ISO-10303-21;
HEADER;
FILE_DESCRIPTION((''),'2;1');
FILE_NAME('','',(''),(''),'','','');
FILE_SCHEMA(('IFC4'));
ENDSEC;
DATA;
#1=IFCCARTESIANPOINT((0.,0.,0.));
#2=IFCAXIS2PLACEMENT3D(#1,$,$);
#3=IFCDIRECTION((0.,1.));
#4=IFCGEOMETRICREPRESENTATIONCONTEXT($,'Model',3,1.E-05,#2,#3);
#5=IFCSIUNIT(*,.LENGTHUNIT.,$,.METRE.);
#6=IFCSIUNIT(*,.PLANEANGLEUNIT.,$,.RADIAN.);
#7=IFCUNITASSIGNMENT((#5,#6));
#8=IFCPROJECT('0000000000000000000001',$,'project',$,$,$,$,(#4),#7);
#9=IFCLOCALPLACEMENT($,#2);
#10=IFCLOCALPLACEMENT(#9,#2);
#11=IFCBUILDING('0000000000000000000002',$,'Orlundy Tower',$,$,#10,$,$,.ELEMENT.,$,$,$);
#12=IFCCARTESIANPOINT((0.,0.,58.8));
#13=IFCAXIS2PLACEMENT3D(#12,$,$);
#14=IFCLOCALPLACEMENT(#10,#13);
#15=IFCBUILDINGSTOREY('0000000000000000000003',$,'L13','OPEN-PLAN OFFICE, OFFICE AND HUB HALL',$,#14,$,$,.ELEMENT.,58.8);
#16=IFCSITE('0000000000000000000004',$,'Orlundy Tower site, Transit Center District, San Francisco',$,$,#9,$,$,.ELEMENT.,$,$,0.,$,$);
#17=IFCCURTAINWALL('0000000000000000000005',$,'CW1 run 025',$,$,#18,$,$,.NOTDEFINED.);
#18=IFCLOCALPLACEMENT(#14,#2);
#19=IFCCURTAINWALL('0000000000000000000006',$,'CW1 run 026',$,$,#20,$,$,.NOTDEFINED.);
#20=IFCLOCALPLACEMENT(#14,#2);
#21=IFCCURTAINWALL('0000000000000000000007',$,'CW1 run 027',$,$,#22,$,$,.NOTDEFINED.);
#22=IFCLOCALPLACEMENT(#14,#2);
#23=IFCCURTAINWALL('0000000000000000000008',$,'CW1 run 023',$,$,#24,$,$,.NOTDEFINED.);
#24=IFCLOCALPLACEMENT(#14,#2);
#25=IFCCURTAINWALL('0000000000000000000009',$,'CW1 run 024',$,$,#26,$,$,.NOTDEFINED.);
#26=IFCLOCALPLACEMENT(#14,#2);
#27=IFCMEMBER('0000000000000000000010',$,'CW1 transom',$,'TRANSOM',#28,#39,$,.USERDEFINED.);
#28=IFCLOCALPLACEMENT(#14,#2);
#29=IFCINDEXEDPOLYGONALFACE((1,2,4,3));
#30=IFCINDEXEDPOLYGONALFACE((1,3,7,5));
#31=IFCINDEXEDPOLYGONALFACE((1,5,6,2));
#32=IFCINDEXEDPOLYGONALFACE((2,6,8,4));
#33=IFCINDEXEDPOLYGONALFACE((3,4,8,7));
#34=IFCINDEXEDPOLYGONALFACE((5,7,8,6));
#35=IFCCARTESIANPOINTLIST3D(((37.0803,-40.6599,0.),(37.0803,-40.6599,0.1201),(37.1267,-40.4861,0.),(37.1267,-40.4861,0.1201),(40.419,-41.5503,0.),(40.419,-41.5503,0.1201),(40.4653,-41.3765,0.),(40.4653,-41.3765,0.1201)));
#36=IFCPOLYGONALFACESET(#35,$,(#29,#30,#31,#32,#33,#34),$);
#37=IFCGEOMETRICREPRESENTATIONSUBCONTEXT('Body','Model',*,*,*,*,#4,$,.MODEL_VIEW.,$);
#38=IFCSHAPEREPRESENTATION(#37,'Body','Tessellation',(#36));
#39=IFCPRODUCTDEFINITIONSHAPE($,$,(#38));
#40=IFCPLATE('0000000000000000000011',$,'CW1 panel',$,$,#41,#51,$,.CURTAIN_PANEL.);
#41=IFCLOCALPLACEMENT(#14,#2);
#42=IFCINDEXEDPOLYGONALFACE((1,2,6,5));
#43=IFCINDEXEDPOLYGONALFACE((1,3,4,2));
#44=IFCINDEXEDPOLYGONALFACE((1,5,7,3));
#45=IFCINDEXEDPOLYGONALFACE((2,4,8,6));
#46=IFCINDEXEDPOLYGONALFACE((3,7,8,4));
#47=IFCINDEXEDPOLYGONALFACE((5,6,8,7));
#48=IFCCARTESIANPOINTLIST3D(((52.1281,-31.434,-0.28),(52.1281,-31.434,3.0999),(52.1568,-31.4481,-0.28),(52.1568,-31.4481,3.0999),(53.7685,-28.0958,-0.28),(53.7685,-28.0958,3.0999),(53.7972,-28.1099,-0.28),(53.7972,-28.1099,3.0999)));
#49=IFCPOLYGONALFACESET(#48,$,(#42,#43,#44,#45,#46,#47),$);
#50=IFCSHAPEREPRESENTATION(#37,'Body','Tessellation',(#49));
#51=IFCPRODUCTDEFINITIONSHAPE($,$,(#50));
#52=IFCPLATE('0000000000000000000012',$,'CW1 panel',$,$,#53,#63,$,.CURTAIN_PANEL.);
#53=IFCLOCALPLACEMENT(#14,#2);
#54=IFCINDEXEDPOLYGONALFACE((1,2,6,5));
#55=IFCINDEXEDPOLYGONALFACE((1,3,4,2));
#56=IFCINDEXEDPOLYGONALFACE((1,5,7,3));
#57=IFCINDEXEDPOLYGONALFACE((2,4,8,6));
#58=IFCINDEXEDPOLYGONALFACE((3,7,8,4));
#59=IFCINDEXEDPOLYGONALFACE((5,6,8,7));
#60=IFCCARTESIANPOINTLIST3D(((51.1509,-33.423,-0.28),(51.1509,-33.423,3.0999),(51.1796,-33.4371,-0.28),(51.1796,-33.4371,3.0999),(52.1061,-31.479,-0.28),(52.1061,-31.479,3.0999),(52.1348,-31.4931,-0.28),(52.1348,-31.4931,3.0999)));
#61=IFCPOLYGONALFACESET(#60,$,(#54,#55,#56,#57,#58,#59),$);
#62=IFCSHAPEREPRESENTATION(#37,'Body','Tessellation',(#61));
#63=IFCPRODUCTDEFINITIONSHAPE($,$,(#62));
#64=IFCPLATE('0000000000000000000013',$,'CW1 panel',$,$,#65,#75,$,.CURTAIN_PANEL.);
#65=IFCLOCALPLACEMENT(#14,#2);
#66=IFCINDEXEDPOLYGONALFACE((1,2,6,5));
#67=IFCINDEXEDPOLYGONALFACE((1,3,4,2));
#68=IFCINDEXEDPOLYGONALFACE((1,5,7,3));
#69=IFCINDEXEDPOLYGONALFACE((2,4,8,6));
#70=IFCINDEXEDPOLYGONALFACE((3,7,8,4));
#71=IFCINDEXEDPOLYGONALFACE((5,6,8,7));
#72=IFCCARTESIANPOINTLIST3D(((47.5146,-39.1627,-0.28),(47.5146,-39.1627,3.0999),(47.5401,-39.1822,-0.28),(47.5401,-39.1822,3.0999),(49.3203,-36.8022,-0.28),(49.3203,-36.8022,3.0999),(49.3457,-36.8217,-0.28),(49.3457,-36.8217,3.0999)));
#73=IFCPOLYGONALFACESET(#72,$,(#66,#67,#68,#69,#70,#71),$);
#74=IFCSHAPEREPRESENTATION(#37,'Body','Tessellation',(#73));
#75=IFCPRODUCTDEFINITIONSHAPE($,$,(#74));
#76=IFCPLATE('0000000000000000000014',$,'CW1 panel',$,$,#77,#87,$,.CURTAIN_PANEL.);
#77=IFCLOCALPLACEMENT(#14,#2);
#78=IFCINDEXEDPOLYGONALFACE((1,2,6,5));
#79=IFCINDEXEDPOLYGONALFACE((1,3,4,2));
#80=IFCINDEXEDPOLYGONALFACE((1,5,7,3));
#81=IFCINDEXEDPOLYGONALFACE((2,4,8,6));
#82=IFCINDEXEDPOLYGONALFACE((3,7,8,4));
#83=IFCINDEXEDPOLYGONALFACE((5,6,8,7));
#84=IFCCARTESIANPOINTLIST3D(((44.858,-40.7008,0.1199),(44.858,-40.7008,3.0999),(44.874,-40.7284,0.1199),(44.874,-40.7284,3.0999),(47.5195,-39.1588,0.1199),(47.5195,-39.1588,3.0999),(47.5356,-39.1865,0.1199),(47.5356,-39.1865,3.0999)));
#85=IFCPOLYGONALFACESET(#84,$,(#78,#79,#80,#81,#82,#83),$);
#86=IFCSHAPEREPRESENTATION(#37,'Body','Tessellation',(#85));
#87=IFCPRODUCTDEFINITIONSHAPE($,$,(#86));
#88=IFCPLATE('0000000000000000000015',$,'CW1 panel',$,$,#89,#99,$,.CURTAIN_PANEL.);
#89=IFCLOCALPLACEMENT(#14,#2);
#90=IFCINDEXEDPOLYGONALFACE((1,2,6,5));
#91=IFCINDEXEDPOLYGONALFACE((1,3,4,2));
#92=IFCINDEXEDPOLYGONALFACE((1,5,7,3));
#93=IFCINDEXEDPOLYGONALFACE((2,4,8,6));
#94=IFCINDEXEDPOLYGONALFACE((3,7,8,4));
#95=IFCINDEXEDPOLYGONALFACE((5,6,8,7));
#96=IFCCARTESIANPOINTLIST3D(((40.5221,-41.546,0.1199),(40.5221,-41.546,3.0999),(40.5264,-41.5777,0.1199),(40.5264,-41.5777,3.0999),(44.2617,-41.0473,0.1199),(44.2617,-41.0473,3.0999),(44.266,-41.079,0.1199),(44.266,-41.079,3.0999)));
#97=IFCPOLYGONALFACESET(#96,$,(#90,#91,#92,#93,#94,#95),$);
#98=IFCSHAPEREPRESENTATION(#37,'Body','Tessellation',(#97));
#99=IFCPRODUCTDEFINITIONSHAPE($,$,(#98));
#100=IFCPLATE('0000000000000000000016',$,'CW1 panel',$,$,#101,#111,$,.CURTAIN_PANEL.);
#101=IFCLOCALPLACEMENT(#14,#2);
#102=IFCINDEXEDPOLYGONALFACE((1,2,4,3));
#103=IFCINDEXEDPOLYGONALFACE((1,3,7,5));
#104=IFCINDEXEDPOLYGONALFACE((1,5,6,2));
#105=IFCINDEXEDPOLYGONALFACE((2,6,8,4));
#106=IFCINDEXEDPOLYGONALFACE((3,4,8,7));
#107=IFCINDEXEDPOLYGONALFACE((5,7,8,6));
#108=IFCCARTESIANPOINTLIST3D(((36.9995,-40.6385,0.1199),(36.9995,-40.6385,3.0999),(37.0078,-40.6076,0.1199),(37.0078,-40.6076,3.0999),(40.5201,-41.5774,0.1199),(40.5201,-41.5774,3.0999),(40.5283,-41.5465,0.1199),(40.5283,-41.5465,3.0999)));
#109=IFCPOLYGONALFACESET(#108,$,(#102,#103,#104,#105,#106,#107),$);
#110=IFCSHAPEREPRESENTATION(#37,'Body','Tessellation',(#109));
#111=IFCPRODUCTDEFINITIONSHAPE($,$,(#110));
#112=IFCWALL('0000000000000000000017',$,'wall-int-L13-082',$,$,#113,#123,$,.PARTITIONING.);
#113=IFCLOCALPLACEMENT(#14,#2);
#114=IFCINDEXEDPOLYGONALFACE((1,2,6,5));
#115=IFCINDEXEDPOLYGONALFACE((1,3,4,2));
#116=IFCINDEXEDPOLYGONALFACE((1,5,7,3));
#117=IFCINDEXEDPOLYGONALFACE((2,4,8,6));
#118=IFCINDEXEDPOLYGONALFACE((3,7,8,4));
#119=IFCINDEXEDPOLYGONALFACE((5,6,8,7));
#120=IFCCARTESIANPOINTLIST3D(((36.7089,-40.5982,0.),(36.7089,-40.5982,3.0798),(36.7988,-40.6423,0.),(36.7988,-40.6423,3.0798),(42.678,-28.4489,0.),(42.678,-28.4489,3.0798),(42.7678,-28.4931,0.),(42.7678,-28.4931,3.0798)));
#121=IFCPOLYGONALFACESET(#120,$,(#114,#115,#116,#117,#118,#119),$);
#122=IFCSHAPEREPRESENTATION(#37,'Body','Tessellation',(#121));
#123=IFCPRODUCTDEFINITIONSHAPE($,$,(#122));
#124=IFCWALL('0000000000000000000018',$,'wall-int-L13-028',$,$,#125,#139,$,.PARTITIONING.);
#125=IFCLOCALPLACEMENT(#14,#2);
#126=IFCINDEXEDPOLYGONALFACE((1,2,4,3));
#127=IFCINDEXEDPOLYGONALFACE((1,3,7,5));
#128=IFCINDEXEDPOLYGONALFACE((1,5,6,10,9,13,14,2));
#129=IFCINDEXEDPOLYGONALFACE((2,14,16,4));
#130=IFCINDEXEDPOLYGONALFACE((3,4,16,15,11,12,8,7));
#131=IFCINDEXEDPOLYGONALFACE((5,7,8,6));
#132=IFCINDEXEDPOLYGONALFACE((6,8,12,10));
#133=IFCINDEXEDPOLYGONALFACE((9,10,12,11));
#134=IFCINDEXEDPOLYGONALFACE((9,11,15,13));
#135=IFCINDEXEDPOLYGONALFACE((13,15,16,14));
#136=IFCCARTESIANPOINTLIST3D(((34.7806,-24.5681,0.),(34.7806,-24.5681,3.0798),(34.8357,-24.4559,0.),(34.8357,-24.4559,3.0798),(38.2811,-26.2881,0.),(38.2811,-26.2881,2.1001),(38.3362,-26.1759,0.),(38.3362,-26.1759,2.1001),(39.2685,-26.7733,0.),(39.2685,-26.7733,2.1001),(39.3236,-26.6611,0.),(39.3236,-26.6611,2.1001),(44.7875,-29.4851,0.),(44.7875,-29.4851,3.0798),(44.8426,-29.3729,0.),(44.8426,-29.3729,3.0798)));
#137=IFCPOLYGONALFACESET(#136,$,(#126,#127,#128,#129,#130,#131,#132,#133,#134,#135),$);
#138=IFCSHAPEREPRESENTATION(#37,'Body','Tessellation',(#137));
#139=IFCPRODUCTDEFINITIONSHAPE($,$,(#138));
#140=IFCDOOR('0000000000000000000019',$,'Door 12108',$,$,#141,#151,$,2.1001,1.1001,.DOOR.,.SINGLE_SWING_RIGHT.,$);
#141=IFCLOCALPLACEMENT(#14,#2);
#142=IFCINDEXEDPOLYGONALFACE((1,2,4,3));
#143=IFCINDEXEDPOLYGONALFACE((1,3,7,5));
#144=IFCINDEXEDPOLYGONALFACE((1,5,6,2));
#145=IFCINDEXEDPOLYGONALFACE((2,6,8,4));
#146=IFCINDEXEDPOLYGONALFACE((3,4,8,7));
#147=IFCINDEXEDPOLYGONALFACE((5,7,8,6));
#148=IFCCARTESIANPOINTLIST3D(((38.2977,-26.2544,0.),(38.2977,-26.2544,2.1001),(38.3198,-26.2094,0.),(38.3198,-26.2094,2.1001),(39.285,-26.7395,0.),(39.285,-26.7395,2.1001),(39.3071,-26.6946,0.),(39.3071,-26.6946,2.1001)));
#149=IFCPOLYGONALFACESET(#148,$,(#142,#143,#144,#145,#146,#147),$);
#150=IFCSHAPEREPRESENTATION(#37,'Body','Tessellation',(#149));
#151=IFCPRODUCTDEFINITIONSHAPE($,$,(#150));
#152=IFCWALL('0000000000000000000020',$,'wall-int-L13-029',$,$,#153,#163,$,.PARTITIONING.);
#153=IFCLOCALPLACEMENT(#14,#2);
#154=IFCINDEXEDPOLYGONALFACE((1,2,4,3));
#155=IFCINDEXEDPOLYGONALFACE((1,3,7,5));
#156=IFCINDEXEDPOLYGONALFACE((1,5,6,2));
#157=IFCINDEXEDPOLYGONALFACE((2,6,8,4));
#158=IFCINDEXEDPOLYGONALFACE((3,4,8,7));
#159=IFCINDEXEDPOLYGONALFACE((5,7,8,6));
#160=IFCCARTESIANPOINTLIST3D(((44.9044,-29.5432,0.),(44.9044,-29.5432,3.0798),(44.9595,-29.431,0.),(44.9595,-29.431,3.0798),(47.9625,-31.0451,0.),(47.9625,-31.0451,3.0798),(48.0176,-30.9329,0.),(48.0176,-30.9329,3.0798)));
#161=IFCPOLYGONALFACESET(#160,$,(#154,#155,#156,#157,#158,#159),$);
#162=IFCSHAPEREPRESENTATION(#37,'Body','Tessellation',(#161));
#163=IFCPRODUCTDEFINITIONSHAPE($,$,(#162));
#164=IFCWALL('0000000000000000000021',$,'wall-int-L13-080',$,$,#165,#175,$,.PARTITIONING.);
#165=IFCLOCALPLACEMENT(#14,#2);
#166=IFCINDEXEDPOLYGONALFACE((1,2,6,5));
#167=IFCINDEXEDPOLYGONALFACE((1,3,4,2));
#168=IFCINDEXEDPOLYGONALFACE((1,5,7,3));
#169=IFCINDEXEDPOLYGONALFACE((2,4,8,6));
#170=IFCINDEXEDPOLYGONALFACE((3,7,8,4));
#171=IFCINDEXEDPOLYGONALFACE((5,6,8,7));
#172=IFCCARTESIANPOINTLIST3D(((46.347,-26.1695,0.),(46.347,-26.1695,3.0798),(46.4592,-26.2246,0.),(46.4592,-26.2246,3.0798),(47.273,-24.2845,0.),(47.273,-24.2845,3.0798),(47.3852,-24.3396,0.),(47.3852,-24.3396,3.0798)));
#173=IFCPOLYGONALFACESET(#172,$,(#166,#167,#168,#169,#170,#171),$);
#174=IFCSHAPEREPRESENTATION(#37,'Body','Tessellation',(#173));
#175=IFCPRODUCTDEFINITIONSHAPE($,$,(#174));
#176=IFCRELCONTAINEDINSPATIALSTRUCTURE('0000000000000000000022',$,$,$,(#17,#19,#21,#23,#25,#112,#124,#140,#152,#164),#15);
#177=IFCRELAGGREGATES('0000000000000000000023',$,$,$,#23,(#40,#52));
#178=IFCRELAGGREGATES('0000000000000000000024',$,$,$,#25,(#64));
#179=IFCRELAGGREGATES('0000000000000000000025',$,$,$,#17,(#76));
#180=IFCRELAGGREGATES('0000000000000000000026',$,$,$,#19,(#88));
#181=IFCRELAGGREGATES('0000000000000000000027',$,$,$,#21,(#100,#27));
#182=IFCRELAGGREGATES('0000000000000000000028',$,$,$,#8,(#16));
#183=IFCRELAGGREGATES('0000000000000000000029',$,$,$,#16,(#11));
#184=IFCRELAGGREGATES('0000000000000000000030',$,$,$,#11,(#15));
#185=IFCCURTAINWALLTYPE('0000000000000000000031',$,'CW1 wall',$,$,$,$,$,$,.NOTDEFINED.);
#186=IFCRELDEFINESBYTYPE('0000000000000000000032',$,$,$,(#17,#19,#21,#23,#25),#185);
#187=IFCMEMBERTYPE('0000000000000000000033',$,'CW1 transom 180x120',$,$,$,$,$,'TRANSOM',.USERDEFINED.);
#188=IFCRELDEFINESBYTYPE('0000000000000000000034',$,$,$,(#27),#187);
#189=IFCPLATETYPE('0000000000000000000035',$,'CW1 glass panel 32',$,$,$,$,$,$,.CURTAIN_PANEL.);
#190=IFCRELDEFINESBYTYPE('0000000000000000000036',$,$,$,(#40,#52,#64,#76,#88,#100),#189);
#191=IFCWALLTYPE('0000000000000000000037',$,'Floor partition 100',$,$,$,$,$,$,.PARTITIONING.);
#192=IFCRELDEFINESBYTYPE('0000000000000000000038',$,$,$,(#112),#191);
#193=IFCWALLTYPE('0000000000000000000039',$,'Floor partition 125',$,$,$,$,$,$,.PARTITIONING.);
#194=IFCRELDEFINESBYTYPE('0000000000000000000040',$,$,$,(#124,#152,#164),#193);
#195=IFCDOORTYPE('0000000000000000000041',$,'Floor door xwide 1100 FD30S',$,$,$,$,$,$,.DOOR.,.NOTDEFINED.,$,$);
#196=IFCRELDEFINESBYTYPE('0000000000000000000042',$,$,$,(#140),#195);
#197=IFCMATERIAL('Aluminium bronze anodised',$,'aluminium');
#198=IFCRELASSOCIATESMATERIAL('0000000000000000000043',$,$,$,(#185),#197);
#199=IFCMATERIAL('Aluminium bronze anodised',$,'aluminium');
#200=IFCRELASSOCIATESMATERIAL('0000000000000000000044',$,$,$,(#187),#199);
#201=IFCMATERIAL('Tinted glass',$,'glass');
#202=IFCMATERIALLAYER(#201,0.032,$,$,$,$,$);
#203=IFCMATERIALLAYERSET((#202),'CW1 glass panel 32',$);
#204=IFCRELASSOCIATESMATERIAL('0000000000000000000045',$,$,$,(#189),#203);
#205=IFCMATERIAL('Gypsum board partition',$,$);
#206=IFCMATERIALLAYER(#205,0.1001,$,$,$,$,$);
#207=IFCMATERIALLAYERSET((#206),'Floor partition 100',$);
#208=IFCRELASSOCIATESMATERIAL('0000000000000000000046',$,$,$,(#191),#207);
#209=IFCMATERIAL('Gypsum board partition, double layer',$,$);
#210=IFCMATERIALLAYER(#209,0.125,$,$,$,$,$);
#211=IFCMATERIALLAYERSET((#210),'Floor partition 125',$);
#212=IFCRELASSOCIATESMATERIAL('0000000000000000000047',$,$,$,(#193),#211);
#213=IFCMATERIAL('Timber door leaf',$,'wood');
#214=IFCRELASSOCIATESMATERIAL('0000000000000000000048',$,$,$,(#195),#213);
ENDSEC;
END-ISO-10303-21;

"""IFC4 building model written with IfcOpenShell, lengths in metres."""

from ifc_helpers import new_model, si_unit, direction, frame, frame_2d, origin, origin_2d, place, context, subcontext, project, spatial, rectangle, extrude, material, layer, layer_set, material_profile, profile_set, type_object, element, fill, aggregate, save


model = new_model("IFC4")

# Units and contexts
model_context = context("Model", 3, precision=1e-05, world=origin(), true_north=direction((0.0, 1.0)))
body_context = subcontext(model_context, "Body", "Model", "MODEL_VIEW")
ifc_project = project(units=[si_unit("LENGTHUNIT", "METRE"), si_unit("PLANEANGLEUNIT", "RADIAN")], contexts=[model_context])

# Site, building, storey
site_placement = place(None, origin())
site = spatial("IfcSite", under=ifc_project, at=site_placement, Name="Orlundy Tower site, Transit Center District, San Francisco", CompositionType="ELEMENT", RefElevation=0.0)
building_placement = place(site_placement, origin())
building = spatial("IfcBuilding", under=site, at=building_placement, Name="Orlundy Tower", CompositionType="ELEMENT")
storey_placement = place(building_placement, frame((0.0, 0.0, 58.8)))
storey = spatial("IfcBuildingStorey", under=building, at=storey_placement, Name="L13", Description="OPEN-PLAN OFFICE, OFFICE AND HUB HALL", CompositionType="ELEMENT", Elevation=58.8)

# Curtain walls
ifc_material_1 = material(Name="Aluminium bronze anodised", Category="aluminium")
curtain_wall_type = type_object("IfcCurtainWallType", Name="CW1 wall", PredefinedType="NOTDEFINED", material=ifc_material_1)
curtain_wall_1_placement = place(storey_placement, origin())
curtain_wall_1 = element("IfcCurtainWall", 1, at=curtain_wall_1_placement, inside=storey, type_object=curtain_wall_type, Name="CW1 run 025", PredefinedType="NOTDEFINED")
curtain_wall_2_placement = place(storey_placement, origin())
curtain_wall_2 = element("IfcCurtainWall", 2, at=curtain_wall_2_placement, inside=storey, type_object=curtain_wall_type, Name="CW1 run 026", PredefinedType="NOTDEFINED")
curtain_wall_3_placement = place(storey_placement, origin())
curtain_wall_3 = element("IfcCurtainWall", 3, at=curtain_wall_3_placement, inside=storey, type_object=curtain_wall_type, Name="CW1 run 027", PredefinedType="NOTDEFINED")
curtain_wall_4_placement = place(storey_placement, origin())
curtain_wall_4 = element("IfcCurtainWall", 4, at=curtain_wall_4_placement, inside=storey, type_object=curtain_wall_type, Name="CW1 run 023", PredefinedType="NOTDEFINED")

# Shared definitions
ifc_material_2 = material(Name="Aluminium bronze anodised", Category="aluminium")
ifc_material_profile_1 = material_profile(ifc_material_2, rectangle(XDim=0.1799, YDim=0.1201, at=origin_2d()), Name="CW1 transom 180x120")
ifc_profile_set_1 = profile_set([ifc_material_profile_1], Name="Aluminium bronze anodised")
member_type_1 = type_object("IfcMemberType", Name="CW1 transom 180x120", ElementType="TRANSOM", PredefinedType="USERDEFINED", material=ifc_profile_set_1)

# Curtain wall
curtain_wall_5_placement = place(storey_placement, origin())
curtain_wall_5 = element("IfcCurtainWall", 5, at=curtain_wall_5_placement, inside=storey, type_object=curtain_wall_type, Name="CW1 run 024", PredefinedType="NOTDEFINED")

# Member
member_1_placement = place(storey_placement, frame((40.4421, -41.4634, 0.0601), z_axis=(-0.966229, 0.257685, 0.0), x_axis=(-0.257685, -0.966229, 0.0)))
member_1 = element("IfcMember", 6, at=member_1_placement, type_object=member_type_1, Name="CW1 transom", ObjectType="TRANSOM", PredefinedType="USERDEFINED", context=body_context, shape_type="SweptSolid", body=[
    extrude(rectangle(XDim=0.1799, YDim=0.1201, at=origin_2d()), origin(), (0.0, 0.0, 1.0), 3.4553),
])

# Plates
ifc_material_3 = material(Name="Tinted glass", Category="glass")
ifc_layer_1 = layer(ifc_material_3, 0.032)
ifc_layer_set_1 = layer_set([ifc_layer_1], Name="CW1 glass panel 32")
plate_type = type_object("IfcPlateType", Name="CW1 glass panel 32", PredefinedType="CURTAIN_PANEL", material=ifc_layer_set_1)
plate_1_placement = place(storey_placement, frame((52.9626, -29.772, -0.28), z_axis=(0.0, 0.0, 1.0), x_axis=(-0.441012, -0.897501, 0.0)))
plate_1 = element("IfcPlate", 7, at=plate_1_placement, type_object=plate_type, Name="CW1 panel", PredefinedType="CURTAIN_PANEL", context=body_context, shape_type="SweptSolid", body=[
    extrude(rectangle(XDim=3.7195, YDim=0.032, at=origin_2d()), origin(), (0.0, 0.0, 1.0), 3.3799),
])
plate_2_placement = place(storey_placement, frame((51.6428, -32.458, -0.28), z_axis=(0.0, 0.0, 1.0), x_axis=(-0.441012, -0.897501, 0.0)))
plate_2 = element("IfcPlate", 8, at=plate_2_placement, type_object=plate_type, Name="CW1 panel", PredefinedType="CURTAIN_PANEL", context=body_context, shape_type="SweptSolid", body=[
    extrude(rectangle(XDim=2.166, YDim=0.032, at=origin_2d()), origin(), (0.0, 0.0, 1.0), 3.3799),
])
aggregate(curtain_wall_4, [plate_1, plate_2])
plate_3_placement = place(storey_placement, frame((48.4302, -37.9922, -0.28), z_axis=(0.0, 0.0, 1.0), x_axis=(-0.60757, -0.794266, 0.0)))
plate_3 = element("IfcPlate", 9, at=plate_3_placement, type_object=plate_type, Name="CW1 panel", PredefinedType="CURTAIN_PANEL", context=body_context, shape_type="SweptSolid", body=[
    extrude(rectangle(XDim=2.9719, YDim=0.032, at=origin_2d()), origin(), (0.0, 0.0, 1.0), 3.3799),
])
aggregate(curtain_wall_5, [plate_3])
plate_4_placement = place(storey_placement, frame((46.1968, -39.9436, 0.1199), z_axis=(0.0, 0.0, 1.0), x_axis=(-0.865272, -0.501302, 0.0)))
plate_4 = element("IfcPlate", 10, at=plate_4_placement, type_object=plate_type, Name="CW1 panel", PredefinedType="CURTAIN_PANEL", context=body_context, shape_type="SweptSolid", body=[
    extrude(rectangle(XDim=3.0759, YDim=0.032, at=origin_2d()), origin(), (0.0, 0.0, 1.0), 2.98),
])
aggregate(curtain_wall_1, [plate_4])
plate_5_placement = place(storey_placement, frame((42.394, -41.3125, 0.1199), z_axis=(0.0, 0.0, 1.0), x_axis=(-0.991228, -0.132164, 0.0)))
plate_5 = element("IfcPlate", 11, at=plate_5_placement, type_object=plate_type, Name="CW1 panel", PredefinedType="CURTAIN_PANEL", context=body_context, shape_type="SweptSolid", body=[
    extrude(rectangle(XDim=3.7727, YDim=0.032, at=origin_2d()), origin(), (0.0, 0.0, 1.0), 2.98),
])
aggregate(curtain_wall_2, [plate_5])
plate_6_placement = place(storey_placement, frame((38.7639, -41.0925, 0.1199), z_axis=(0.0, 0.0, 1.0), x_axis=(-0.96623, 0.257679, 0.0)))
plate_6 = element("IfcPlate", 12, at=plate_6_placement, type_object=plate_type, Name="CW1 panel", PredefinedType="CURTAIN_PANEL", context=body_context, shape_type="SweptSolid", body=[
    extrude(rectangle(XDim=3.6436, YDim=0.032, at=origin_2d()), origin(), (0.0, 0.0, 1.0), 2.98),
])
aggregate(curtain_wall_3, [plate_6, member_1])

# Wall
ifc_material_4 = material(Name="Gypsum board partition")
ifc_layer_2 = layer(ifc_material_4, 0.1001)
ifc_layer_set_2 = layer_set([ifc_layer_2], Name="Floor partition 100")
wall_type_1 = type_object("IfcWallType", Name="Floor partition 100", PredefinedType="PARTITIONING", material=ifc_layer_set_2)
wall_1_placement = place(storey_placement, frame((36.7539, -40.6201, 0.0), z_axis=(0.0, 0.0, 1.0), x_axis=(0.440962, 0.897526, 0.0)))
element("IfcWall", 13, at=wall_1_placement, inside=storey, type_object=wall_type_1, Name="wall-int-L13-082", PredefinedType="PARTITIONING", context=body_context, shape_type="SweptSolid", body=[
    extrude(rectangle(XDim=13.5364, YDim=0.1001, at=frame_2d((6.7681, 0.0))), origin(), (0.0, 0.0, 1.0), 3.0798),
])

# Wall, opening, door
ifc_material_5 = material(Name="Gypsum board partition, double layer")
ifc_layer_3 = layer(ifc_material_5, 0.125)
ifc_layer_set_3 = layer_set([ifc_layer_3], Name="Floor partition 125")
wall_type_2 = type_object("IfcWallType", Name="Floor partition 125", PredefinedType="PARTITIONING", material=ifc_layer_set_3)
wall_2_placement = place(storey_placement, frame((44.8149, -29.429, 0.0), z_axis=(0.0, 0.0, 1.0), x_axis=(-0.897506, 0.441002, 0.0)))
wall_2 = element("IfcWall", 14, at=wall_2_placement, inside=storey, type_object=wall_type_2, Name="wall-int-L13-028", PredefinedType="PARTITIONING", context=body_context, shape_type="SweptSolid", body=[
    extrude(rectangle(XDim=11.1497, YDim=0.125, at=frame_2d((5.5747, 0.0))), origin(), (0.0, 0.0, 1.0), 3.0798),
])
opening_placement = place(wall_2_placement, frame((6.1492, 0.0, 0.0)))
opening = element("IfcOpeningElement", 15, at=opening_placement, cuts=wall_2, PredefinedType="OPENING", context=body_context, shape_type="SweptSolid", body=[
    extrude(rectangle(XDim=1.1001, YDim=2.1001, at=frame_2d((0.55, 1.05))), frame((0.0, 0.0725, 0.0), z_axis=(0.0, -1.0, 0.0), x_axis=(1.0, 0.0, 0.0)), (0.0, 0.0, 1.0), 0.145),
])
ifc_material_6 = material(Name="Timber door leaf", Category="wood")
door_type = type_object("IfcDoorType", Name="Floor door xwide 1100 FD30S", OperationType="NOTDEFINED", PredefinedType="DOOR", material=ifc_material_6)
door_placement = place(opening_placement, origin())
door = element("IfcDoor", 16, at=door_placement, inside=storey, type_object=door_type, Name="Door 12108", OperationType="SINGLE_SWING_RIGHT", OverallHeight=2.1001, OverallWidth=1.1001, PredefinedType="DOOR", context=body_context, shape_type="SweptSolid", body=[
    extrude(rectangle(XDim=1.1001, YDim=2.1001, at=frame_2d((0.55, 1.05))), frame((0.0, 0.0249, 0.0), z_axis=(0.0, -1.0, 0.0), x_axis=(1.0, 0.0, 0.0)), (0.0, 0.0, 1.0), 0.05),
])
fill(opening, door)

# Walls
wall_3_placement = place(storey_placement, frame((44.9319, -29.4871, 0.0), z_axis=(0.0, 0.0, 1.0), x_axis=(0.897586, -0.440839, 0.0)))
element("IfcWall", 17, at=wall_3_placement, inside=storey, type_object=wall_type_2, Name="wall-int-L13-029", PredefinedType="PARTITIONING", context=body_context, shape_type="SweptSolid", body=[
    extrude(rectangle(XDim=3.407, YDim=0.125, at=frame_2d((1.7036, 0.0))), origin(), (0.0, 0.0, 1.0), 3.0798),
])
wall_4_placement = place(storey_placement, frame((46.4031, -26.197, 0.0), z_axis=(0.0, 0.0, 1.0), x_axis=(0.440925, 0.897544, 0.0)))
element("IfcWall", 18, at=wall_4_placement, inside=storey, type_object=wall_type_2, Name="wall-int-L13-080", PredefinedType="PARTITIONING", context=body_context, shape_type="SweptSolid", body=[
    extrude(rectangle(XDim=2.1001, YDim=0.125, at=frame_2d((1.05, 0.0))), origin(), (0.0, 0.0, 1.0), 3.0798),
])

save(model, "model.ifc")
